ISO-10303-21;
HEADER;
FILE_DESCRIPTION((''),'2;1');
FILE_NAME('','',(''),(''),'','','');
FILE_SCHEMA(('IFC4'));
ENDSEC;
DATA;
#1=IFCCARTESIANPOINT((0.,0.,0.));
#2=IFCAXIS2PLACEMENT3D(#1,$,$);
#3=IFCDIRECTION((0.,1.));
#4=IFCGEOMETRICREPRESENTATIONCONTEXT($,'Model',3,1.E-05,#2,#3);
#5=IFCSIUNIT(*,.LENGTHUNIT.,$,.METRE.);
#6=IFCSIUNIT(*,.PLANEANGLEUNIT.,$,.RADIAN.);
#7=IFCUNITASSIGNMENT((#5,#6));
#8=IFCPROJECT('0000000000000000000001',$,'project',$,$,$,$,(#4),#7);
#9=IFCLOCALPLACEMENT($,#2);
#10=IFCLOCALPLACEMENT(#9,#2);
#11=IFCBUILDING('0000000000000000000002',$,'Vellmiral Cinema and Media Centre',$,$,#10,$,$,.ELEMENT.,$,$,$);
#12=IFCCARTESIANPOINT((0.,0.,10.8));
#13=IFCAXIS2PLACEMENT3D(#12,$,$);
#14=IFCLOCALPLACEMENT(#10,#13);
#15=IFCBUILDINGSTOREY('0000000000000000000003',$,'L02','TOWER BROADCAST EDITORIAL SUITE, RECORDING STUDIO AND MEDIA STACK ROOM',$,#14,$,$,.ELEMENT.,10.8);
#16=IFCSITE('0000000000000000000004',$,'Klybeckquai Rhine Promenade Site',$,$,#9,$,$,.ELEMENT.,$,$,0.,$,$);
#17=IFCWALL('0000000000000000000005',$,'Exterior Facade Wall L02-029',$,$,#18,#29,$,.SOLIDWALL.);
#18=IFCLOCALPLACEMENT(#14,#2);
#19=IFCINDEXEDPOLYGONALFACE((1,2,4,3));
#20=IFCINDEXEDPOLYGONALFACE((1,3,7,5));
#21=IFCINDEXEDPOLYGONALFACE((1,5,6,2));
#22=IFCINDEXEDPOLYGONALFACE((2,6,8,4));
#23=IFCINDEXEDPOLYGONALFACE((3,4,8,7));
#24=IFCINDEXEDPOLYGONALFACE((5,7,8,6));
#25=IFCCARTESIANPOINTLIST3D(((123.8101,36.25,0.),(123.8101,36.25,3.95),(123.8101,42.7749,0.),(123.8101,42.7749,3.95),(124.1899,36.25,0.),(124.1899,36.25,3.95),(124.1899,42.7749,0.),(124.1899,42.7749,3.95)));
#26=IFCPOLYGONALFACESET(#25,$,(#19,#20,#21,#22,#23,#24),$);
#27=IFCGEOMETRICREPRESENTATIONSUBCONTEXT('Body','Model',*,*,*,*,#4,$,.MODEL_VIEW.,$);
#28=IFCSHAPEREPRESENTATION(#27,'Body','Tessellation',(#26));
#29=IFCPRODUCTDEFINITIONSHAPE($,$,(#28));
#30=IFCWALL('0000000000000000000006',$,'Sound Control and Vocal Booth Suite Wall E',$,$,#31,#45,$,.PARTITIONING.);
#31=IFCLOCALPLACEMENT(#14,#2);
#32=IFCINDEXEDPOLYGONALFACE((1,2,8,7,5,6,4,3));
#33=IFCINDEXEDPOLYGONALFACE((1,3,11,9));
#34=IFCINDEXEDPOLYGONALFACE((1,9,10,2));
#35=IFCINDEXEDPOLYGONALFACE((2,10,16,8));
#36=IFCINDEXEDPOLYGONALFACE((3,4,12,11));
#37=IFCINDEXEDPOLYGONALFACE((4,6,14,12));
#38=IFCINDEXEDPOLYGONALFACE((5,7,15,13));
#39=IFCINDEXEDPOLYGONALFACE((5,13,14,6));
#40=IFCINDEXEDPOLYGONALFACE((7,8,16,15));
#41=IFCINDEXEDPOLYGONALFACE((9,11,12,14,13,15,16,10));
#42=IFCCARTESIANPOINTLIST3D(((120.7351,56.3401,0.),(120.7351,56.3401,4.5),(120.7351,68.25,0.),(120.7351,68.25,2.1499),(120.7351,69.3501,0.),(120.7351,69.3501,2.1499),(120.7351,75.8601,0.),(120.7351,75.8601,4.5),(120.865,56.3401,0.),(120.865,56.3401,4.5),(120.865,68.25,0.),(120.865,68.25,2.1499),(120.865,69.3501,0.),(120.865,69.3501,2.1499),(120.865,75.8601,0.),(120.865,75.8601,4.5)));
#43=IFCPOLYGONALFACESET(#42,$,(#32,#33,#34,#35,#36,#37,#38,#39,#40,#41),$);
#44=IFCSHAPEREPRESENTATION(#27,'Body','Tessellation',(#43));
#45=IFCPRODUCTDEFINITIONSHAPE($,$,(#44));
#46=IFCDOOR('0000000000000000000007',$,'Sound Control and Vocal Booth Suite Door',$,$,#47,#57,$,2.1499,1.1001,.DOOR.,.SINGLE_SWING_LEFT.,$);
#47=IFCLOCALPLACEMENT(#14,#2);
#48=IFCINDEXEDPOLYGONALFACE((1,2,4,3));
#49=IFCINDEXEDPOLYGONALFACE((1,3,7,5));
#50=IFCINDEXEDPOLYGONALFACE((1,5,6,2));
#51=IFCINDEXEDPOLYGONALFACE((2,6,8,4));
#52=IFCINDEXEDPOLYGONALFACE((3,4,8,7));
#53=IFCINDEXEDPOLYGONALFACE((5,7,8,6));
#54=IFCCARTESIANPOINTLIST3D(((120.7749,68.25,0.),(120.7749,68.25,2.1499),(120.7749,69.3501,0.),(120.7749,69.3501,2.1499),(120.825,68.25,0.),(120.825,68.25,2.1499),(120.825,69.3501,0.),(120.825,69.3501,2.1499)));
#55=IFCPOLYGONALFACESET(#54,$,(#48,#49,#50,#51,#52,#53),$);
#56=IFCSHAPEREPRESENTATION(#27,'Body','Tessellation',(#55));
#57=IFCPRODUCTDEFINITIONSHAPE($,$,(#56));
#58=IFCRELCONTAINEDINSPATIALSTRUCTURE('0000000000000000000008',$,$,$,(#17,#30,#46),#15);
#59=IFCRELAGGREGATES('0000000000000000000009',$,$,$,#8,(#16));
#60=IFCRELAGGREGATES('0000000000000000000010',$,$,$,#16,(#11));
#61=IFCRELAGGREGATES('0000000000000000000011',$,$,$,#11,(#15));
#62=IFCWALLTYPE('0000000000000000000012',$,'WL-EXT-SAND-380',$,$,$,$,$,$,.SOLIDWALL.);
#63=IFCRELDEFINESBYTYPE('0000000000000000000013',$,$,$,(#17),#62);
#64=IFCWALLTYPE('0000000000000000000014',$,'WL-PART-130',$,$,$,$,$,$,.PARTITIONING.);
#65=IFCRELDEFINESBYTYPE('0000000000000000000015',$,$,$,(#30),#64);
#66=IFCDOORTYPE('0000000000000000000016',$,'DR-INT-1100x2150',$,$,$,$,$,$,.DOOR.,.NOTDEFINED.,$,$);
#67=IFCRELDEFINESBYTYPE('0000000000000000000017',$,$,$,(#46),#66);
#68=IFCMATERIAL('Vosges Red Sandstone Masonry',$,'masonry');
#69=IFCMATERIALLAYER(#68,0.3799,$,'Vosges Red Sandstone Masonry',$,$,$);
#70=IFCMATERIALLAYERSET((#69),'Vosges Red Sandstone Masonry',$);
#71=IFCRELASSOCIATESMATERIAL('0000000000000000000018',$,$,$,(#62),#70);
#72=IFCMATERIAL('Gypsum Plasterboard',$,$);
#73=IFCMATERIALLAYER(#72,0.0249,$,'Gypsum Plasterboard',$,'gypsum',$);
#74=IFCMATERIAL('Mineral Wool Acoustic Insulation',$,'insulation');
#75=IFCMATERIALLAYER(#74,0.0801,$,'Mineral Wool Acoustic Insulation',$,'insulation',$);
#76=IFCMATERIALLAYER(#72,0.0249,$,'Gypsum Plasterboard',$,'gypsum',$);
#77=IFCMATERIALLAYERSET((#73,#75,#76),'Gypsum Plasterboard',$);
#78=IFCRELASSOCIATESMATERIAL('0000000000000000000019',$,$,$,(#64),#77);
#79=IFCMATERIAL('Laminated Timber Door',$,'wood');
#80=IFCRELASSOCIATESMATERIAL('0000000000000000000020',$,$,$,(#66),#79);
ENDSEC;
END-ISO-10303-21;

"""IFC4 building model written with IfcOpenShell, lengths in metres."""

from ifc_helpers import new_model, si_unit, direction, frame, frame_2d, origin, place, context, subcontext, project, spatial, rectangle, extrude, material, layer, layer_set, type_object, element, fill, save


model = new_model("IFC4")

# Units and contexts
model_context = context("Model", 3, precision=1e-05, world=origin(), true_north=direction((0.0, 1.0)))
body_context = subcontext(model_context, "Body", "Model", "MODEL_VIEW")
ifc_project = project(units=[si_unit("LENGTHUNIT", "METRE"), si_unit("PLANEANGLEUNIT", "RADIAN")], contexts=[model_context])

# Site, building, storey
site_placement = place(None, origin())
site = spatial("IfcSite", under=ifc_project, at=site_placement, Name="Klybeckquai Rhine Promenade Site", CompositionType="ELEMENT", RefElevation=0.0)
building_placement = place(site_placement, origin())
building = spatial("IfcBuilding", under=site, at=building_placement, Name="Vellmiral Cinema and Media Centre", CompositionType="ELEMENT")
storey_placement = place(building_placement, frame((0.0, 0.0, 10.8)))
storey = spatial("IfcBuildingStorey", under=building, at=storey_placement, Name="L02", Description="TOWER BROADCAST EDITORIAL SUITE, RECORDING STUDIO AND MEDIA STACK ROOM", CompositionType="ELEMENT", Elevation=10.8)

# Shared definitions
ifc_material_1 = material(Name="Vosges Red Sandstone Masonry", Category="masonry")
ifc_layer_1 = layer(ifc_material_1, 0.3799, Name="Vosges Red Sandstone Masonry")
ifc_layer_set_1 = layer_set([ifc_layer_1], Name="Vosges Red Sandstone Masonry")
wall_type_1 = type_object("IfcWallType", Name="WL-EXT-SAND-380", PredefinedType="SOLIDWALL", material=ifc_layer_set_1)

# Wall
wall_1_placement = place(storey_placement, frame((124.0, 42.7749, 0.0), z_axis=(0.0, 0.0, 1.0), x_axis=(0.0, -1.0, 0.0)))
element("IfcWall", 1, at=wall_1_placement, inside=storey, type_object=wall_type_1, Name="Exterior Facade Wall L02-029", PredefinedType="SOLIDWALL", context=body_context, shape_type="SweptSolid", body=[
    extrude(rectangle(XDim=6.5249, YDim=0.3799, at=frame_2d((3.2625, 0.0))), origin(), (0.0, 0.0, 1.0), 3.95),
])

# Wall, opening, door
ifc_material_2 = material(Name="Gypsum Plasterboard")
ifc_layer_2 = layer(ifc_material_2, 0.0249, Name="Gypsum Plasterboard", Category="gypsum")
ifc_material_3 = material(Name="Mineral Wool Acoustic Insulation", Category="insulation")
ifc_layer_3 = layer(ifc_material_3, 0.0801, Name="Mineral Wool Acoustic Insulation", Category="insulation")
ifc_layer_4 = layer(ifc_material_2, 0.0249, Name="Gypsum Plasterboard", Category="gypsum")
ifc_layer_set_2 = layer_set([ifc_layer_2, ifc_layer_3, ifc_layer_4], Name="Gypsum Plasterboard")
wall_type_2 = type_object("IfcWallType", Name="WL-PART-130", PredefinedType="PARTITIONING", material=ifc_layer_set_2)
wall_2_placement = place(storey_placement, frame((120.8, 56.3401, 0.0), z_axis=(0.0, 0.0, 1.0), x_axis=(0.0, 1.0, 0.0)))
wall_2 = element("IfcWall", 2, at=wall_2_placement, inside=storey, type_object=wall_type_2, Name="Sound Control and Vocal Booth Suite Wall E", PredefinedType="PARTITIONING", context=body_context, shape_type="SweptSolid", body=[
    extrude(rectangle(XDim=19.52, YDim=0.1299, at=frame_2d((9.76, 0.0))), origin(), (0.0, 0.0, 1.0), 4.5),
])
opening_1_placement = place(wall_2_placement, frame((11.9099, 0.0, 0.0)))
opening_1 = element("IfcOpeningElement", 3, at=opening_1_placement, cuts=wall_2, PredefinedType="OPENING", context=body_context, shape_type="SweptSolid", body=[
    extrude(rectangle(XDim=1.1001, YDim=2.1499, at=frame_2d((0.55, 1.075))), frame((0.0, 0.0769, 0.0), z_axis=(0.0, -1.0, 0.0), x_axis=(1.0, 0.0, 0.0)), (0.0, 0.0, 1.0), 0.1538),
])
ifc_material_4 = material(Name="Laminated Timber Door", Category="wood")
door_type = type_object("IfcDoorType", Name="DR-INT-1100x2150", OperationType="NOTDEFINED", PredefinedType="DOOR", material=ifc_material_4)
door_placement = place(opening_1_placement, frame((1.1001, 0.0, 0.0), z_axis=(0.0, 0.0, 1.0), x_axis=(-1.0, 0.0, 0.0)))
door = element("IfcDoor", 4, at=door_placement, inside=storey, type_object=door_type, Name="Sound Control and Vocal Booth Suite Door", OperationType="SINGLE_SWING_LEFT", OverallHeight=2.1499, OverallWidth=1.1001, PredefinedType="DOOR", context=body_context, shape_type="SweptSolid", body=[
    extrude(rectangle(XDim=1.1001, YDim=2.1499, at=frame_2d((0.55, 1.075))), frame((0.0, 0.0249, 0.0), z_axis=(0.0, -1.0, 0.0), x_axis=(1.0, 0.0, 0.0)), (0.0, 0.0, 1.0), 0.05),
])
fill(opening_1, door)

save(model, "model.ifc")
